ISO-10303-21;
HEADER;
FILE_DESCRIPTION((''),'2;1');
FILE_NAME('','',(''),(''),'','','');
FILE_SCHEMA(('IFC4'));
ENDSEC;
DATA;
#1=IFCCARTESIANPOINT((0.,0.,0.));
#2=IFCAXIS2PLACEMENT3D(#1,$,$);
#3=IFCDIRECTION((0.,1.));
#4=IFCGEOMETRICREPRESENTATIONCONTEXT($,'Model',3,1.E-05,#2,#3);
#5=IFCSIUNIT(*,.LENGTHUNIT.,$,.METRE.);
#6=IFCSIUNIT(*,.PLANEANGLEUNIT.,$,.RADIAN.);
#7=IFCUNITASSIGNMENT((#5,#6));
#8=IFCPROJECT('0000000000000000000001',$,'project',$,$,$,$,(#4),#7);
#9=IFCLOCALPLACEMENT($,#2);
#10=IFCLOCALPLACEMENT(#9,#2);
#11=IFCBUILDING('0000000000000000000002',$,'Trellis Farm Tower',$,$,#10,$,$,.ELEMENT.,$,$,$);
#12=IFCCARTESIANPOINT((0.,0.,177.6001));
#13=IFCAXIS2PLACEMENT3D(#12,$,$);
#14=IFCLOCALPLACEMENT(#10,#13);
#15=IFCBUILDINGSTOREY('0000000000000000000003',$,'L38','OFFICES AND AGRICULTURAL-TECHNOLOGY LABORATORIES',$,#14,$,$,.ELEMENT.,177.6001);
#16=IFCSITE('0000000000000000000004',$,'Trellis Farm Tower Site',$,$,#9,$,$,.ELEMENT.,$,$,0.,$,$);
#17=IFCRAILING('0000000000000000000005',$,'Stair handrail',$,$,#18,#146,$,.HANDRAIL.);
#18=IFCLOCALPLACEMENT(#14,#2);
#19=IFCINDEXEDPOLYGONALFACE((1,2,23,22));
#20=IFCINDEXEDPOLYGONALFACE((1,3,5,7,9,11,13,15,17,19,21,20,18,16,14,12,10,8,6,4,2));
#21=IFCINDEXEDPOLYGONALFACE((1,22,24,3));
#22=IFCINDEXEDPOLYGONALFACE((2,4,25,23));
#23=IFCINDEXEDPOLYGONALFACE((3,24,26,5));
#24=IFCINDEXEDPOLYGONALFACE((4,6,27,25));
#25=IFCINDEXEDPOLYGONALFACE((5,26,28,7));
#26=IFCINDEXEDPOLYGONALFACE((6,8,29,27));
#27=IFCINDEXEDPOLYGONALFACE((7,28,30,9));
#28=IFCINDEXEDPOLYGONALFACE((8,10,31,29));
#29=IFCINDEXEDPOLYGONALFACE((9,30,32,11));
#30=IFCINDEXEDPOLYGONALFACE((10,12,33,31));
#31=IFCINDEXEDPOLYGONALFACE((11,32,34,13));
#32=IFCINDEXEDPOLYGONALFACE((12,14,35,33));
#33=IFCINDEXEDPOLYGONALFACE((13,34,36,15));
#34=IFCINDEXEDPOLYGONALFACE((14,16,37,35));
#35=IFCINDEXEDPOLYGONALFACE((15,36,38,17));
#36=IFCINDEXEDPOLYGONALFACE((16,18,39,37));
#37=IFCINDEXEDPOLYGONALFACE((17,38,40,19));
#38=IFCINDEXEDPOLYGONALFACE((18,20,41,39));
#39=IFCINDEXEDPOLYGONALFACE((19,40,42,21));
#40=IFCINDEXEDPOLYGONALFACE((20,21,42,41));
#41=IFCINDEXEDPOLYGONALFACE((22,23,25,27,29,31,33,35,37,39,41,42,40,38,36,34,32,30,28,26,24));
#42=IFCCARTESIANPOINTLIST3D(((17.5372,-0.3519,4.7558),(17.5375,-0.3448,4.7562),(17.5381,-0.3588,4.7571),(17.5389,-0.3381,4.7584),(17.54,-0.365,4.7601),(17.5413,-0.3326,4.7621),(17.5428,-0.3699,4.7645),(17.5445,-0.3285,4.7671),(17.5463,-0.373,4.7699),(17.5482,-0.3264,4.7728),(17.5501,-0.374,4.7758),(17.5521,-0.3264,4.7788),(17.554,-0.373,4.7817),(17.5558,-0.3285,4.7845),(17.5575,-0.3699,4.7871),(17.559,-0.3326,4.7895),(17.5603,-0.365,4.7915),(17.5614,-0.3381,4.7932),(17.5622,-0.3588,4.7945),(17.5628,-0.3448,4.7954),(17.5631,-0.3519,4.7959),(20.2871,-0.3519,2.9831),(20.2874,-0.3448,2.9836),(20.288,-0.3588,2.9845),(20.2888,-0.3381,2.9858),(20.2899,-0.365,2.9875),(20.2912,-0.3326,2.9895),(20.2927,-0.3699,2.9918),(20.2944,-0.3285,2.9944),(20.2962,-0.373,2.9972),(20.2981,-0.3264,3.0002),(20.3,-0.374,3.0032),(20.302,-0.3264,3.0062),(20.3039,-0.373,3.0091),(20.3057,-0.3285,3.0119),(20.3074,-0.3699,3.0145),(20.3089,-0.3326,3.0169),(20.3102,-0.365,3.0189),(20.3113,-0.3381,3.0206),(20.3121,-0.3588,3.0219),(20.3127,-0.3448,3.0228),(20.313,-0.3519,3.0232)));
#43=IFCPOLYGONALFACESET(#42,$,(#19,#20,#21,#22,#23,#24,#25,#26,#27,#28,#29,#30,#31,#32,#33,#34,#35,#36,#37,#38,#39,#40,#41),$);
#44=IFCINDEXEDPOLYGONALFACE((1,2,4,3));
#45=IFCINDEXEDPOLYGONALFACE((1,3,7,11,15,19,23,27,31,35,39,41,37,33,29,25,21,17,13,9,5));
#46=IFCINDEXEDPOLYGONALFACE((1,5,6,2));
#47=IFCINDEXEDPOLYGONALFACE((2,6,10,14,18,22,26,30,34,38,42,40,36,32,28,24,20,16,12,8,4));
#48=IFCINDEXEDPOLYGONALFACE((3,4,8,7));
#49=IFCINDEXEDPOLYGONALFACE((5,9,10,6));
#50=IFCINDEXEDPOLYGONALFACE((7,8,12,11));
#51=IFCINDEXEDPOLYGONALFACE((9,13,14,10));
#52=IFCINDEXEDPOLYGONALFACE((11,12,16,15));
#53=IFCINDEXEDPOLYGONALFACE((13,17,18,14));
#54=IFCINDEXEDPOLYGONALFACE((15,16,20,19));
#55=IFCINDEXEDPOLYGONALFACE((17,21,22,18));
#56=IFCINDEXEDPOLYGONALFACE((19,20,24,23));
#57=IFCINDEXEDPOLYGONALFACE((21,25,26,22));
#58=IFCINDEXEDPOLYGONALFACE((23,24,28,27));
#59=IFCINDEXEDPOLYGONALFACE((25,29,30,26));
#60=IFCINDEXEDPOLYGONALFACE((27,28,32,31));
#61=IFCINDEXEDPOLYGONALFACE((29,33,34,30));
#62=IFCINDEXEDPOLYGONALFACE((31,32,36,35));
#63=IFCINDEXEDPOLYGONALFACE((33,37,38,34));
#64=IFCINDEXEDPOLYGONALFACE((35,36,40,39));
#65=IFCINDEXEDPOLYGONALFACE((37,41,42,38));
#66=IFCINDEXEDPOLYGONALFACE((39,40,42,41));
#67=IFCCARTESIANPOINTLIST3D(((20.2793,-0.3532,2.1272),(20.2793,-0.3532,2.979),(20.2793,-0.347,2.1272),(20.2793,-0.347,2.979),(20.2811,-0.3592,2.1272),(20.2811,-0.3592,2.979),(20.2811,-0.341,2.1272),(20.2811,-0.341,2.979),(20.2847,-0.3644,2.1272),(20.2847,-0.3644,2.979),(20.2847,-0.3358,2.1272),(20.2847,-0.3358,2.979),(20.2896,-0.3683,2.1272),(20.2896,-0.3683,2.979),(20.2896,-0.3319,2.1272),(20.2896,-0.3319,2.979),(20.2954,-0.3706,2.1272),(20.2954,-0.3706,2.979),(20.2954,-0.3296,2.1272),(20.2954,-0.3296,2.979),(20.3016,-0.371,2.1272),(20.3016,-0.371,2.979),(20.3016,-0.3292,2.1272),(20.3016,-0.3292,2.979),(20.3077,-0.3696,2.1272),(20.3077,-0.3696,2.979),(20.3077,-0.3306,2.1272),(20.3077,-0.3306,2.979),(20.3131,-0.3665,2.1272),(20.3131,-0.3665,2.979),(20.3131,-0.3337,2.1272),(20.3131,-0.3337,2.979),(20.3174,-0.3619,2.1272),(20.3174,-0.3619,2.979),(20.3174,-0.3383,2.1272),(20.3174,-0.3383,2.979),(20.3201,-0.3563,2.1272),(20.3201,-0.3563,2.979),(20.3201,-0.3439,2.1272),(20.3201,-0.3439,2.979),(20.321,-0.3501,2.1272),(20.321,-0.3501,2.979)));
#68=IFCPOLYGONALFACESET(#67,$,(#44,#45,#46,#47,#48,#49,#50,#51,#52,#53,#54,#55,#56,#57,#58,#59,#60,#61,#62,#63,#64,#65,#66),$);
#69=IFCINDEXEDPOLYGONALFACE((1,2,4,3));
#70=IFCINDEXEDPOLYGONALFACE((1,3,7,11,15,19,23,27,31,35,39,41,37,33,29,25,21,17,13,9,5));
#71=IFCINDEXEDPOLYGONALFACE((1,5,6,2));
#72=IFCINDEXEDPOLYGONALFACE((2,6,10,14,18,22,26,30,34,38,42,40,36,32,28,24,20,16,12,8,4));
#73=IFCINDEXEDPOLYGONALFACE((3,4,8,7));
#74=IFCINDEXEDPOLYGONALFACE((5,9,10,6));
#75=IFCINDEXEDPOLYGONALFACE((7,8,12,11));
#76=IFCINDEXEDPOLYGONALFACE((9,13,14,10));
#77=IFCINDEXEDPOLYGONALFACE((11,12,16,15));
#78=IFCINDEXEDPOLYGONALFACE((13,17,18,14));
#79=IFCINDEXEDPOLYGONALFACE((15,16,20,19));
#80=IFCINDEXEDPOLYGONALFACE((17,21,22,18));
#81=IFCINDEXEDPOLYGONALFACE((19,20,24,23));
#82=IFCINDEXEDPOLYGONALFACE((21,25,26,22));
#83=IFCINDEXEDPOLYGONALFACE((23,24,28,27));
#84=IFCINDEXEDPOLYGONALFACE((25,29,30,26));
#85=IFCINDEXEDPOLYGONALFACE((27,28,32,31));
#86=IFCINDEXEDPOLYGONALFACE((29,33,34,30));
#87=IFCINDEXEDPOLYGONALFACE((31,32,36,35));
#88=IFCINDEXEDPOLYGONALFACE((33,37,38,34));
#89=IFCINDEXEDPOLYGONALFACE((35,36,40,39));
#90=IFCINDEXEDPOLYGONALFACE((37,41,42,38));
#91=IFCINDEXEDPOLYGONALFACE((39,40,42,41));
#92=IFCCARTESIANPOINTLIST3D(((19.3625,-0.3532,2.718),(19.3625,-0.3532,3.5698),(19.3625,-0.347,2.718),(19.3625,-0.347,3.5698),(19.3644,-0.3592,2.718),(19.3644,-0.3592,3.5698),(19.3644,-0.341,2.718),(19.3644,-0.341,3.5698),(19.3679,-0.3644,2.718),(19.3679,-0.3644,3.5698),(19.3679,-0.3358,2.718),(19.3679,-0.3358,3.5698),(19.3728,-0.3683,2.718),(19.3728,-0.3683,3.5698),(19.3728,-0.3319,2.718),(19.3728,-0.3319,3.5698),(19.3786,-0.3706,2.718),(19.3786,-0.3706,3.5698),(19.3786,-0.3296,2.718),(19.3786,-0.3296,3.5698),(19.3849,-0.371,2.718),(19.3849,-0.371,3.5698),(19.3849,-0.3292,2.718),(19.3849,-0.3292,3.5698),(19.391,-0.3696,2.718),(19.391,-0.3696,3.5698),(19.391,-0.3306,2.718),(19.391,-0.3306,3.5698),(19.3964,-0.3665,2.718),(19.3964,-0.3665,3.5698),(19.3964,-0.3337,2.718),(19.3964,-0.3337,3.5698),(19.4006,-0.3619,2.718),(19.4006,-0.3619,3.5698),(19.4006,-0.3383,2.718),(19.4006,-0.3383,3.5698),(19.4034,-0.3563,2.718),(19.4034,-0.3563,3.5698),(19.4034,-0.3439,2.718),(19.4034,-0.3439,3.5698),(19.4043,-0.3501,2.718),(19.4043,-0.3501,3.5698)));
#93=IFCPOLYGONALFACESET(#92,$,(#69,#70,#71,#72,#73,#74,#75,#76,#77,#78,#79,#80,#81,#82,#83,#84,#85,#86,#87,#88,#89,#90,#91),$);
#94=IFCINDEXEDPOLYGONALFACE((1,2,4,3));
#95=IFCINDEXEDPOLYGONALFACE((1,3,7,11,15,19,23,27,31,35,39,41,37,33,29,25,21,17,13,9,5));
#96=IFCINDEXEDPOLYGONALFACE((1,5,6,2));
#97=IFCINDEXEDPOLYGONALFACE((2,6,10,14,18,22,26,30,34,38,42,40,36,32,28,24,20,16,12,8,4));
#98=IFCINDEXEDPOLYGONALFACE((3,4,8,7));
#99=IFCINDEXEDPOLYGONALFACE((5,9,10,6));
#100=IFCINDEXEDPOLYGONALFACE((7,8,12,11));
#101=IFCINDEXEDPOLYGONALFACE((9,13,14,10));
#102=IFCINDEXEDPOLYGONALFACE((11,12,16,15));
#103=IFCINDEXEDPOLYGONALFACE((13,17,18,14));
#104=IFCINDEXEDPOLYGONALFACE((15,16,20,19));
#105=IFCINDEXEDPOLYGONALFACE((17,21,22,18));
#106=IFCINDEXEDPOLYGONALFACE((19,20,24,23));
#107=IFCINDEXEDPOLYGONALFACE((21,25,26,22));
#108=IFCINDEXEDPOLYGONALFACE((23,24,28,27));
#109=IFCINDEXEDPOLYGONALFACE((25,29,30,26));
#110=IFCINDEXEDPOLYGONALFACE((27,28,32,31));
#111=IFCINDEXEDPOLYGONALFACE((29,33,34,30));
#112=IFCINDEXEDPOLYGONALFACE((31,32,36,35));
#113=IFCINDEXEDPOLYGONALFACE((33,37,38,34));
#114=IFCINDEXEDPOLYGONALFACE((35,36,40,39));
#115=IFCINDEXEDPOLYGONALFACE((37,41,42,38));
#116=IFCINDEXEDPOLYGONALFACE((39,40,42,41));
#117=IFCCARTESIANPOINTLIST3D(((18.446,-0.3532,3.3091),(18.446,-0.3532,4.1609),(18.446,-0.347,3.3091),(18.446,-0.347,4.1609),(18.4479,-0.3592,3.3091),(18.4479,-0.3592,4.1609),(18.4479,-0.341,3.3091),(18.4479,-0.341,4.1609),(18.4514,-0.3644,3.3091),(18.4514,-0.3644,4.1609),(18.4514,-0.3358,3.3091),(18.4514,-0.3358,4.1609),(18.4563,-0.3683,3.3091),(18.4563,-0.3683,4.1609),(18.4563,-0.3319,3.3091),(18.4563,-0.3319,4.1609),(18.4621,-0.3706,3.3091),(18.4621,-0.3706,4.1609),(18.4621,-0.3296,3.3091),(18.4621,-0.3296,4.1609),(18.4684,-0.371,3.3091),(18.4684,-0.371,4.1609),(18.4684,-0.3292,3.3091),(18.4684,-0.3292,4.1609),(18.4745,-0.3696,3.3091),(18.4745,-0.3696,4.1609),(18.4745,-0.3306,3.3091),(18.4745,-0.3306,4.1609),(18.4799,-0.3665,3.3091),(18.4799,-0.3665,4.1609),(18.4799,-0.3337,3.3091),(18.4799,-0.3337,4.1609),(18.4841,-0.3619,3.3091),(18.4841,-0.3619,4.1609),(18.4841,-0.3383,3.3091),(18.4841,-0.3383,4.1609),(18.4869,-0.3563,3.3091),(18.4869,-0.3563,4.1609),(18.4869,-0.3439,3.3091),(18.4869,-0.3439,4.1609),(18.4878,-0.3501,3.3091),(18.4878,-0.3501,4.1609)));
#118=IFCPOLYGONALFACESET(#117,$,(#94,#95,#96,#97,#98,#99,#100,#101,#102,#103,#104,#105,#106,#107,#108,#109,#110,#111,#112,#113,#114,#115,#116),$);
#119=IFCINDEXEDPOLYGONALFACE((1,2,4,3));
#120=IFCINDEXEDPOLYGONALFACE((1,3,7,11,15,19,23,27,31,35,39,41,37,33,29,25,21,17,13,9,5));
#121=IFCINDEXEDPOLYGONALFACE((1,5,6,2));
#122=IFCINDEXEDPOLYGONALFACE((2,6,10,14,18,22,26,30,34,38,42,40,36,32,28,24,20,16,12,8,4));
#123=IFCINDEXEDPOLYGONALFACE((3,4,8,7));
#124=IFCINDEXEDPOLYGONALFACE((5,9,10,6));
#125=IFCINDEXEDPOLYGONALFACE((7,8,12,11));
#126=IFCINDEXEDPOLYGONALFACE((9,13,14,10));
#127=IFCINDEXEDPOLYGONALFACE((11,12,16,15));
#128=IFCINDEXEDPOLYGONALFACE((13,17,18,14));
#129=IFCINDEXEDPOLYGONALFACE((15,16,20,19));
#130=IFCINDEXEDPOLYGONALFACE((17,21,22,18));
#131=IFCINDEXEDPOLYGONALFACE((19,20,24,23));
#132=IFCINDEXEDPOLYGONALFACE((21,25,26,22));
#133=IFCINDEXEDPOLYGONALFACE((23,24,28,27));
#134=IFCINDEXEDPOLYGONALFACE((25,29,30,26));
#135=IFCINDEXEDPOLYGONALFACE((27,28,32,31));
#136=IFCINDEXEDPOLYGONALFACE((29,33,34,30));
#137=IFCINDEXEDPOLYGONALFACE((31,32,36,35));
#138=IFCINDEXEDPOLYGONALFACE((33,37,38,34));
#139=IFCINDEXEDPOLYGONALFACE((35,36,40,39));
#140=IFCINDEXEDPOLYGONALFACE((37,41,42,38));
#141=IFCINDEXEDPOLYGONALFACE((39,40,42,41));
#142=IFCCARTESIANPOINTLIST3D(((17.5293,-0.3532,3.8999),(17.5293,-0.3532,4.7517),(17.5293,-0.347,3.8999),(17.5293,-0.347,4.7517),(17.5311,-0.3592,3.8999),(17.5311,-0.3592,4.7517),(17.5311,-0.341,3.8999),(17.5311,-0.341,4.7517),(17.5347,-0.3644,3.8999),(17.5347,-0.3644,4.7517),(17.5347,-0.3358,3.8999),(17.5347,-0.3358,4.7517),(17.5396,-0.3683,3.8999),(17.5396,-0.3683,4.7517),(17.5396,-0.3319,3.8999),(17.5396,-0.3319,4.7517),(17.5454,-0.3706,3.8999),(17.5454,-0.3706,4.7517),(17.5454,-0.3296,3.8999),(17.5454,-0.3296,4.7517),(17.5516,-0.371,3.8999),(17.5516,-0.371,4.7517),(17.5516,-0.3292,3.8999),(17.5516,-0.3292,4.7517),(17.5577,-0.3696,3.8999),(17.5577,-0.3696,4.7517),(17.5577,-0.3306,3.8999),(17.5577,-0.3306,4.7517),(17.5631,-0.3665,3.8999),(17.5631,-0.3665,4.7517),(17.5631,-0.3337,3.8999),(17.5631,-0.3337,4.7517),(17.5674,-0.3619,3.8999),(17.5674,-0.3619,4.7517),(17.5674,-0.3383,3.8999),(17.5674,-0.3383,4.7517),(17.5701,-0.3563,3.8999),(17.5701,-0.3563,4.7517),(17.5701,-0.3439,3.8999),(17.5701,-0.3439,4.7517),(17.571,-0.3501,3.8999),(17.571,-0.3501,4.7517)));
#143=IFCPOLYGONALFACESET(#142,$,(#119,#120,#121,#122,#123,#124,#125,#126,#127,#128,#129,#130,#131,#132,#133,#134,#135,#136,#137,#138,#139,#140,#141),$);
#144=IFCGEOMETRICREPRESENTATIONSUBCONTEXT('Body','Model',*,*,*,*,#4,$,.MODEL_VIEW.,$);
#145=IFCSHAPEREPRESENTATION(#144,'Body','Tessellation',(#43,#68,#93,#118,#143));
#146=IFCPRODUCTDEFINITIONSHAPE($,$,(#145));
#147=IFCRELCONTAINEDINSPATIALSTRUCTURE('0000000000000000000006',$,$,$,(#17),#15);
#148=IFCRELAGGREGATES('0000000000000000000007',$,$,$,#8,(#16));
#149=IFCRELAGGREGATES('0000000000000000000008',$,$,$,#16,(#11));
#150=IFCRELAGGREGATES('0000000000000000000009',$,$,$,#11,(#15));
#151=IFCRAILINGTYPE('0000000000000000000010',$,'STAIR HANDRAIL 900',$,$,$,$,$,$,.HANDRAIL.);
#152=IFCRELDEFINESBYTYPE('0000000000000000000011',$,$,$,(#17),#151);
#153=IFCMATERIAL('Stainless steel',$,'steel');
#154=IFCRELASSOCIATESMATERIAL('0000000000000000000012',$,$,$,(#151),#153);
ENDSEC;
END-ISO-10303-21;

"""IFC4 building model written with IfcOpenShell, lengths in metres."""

from ifc_helpers import new_model, si_unit, direction, frame, origin, origin_2d, place, context, subcontext, project, spatial, circle, extrude, source, transform, mapped, material, type_object, element, save


model = new_model("IFC4")

# Units and contexts
model_context = context("Model", 3, precision=1e-05, world=origin(), true_north=direction((0.0, 1.0)))
body_context = subcontext(model_context, "Body", "Model", "MODEL_VIEW")
ifc_project = project(units=[si_unit("LENGTHUNIT", "METRE"), si_unit("PLANEANGLEUNIT", "RADIAN")], contexts=[model_context])

# Site, building, storey
site_placement = place(None, origin())
site = spatial("IfcSite", under=ifc_project, at=site_placement, Name="Trellis Farm Tower Site", CompositionType="ELEMENT", RefElevation=0.0)
building_placement = place(site_placement, origin())
building = spatial("IfcBuilding", under=site, at=building_placement, Name="Trellis Farm Tower", CompositionType="ELEMENT")
storey_placement = place(building_placement, frame((0.0, 0.0, 177.6001)))
storey = spatial("IfcBuildingStorey", under=building, at=storey_placement, Name="L38", Description="OFFICES AND AGRICULTURAL-TECHNOLOGY LABORATORIES", CompositionType="ELEMENT", Elevation=177.6001)

# Railing
ifc_material_1 = material(Name="Stainless steel", Category="steel")
railing_type = type_object("IfcRailingType", Name="STAIR HANDRAIL 900", PredefinedType="HANDRAIL", material=ifc_material_1)
shared_shape_1 = source(origin(), body_context, "Body", "SweptSolid", [
    extrude(circle(Radius=0.0239, at=origin_2d()), frame((0.0, 0.0, 0.876), z_axis=(-0.840504, 0.0, 0.541806), x_axis=(0.0, -1.0, 0.0)), (0.0, 0.0, 1.0), 3.2717),
    extrude(circle(Radius=0.021, at=origin_2d()), origin(), (0.0, 0.0, 1.0), 0.8518),
    extrude(circle(Radius=0.021, at=origin_2d()), frame((-0.9167, 0.0, 0.5908)), (0.0, 0.0, 1.0), 0.8518),
    extrude(circle(Radius=0.021, at=origin_2d()), frame((-1.8333, 0.0, 1.1819)), (0.0, 0.0, 1.0), 0.8518),
    extrude(circle(Radius=0.021, at=origin_2d()), frame((-2.75, 0.0, 1.7727)), (0.0, 0.0, 1.0), 0.8518),
])
for number, where, name in (
    (1, (20.3, -0.3501, 2.1272), "Stair handrail"),
):
    element("IfcRailing", number, at=place(storey_placement, frame(where)), inside=storey, type_object=railing_type, Name=name, PredefinedType="HANDRAIL", context=body_context, shape_type="MappedRepresentation", body=[
        mapped(shared_shape_1, transform((0.0, 0.0, 0.0))),
    ])

save(model, "model.ifc")
